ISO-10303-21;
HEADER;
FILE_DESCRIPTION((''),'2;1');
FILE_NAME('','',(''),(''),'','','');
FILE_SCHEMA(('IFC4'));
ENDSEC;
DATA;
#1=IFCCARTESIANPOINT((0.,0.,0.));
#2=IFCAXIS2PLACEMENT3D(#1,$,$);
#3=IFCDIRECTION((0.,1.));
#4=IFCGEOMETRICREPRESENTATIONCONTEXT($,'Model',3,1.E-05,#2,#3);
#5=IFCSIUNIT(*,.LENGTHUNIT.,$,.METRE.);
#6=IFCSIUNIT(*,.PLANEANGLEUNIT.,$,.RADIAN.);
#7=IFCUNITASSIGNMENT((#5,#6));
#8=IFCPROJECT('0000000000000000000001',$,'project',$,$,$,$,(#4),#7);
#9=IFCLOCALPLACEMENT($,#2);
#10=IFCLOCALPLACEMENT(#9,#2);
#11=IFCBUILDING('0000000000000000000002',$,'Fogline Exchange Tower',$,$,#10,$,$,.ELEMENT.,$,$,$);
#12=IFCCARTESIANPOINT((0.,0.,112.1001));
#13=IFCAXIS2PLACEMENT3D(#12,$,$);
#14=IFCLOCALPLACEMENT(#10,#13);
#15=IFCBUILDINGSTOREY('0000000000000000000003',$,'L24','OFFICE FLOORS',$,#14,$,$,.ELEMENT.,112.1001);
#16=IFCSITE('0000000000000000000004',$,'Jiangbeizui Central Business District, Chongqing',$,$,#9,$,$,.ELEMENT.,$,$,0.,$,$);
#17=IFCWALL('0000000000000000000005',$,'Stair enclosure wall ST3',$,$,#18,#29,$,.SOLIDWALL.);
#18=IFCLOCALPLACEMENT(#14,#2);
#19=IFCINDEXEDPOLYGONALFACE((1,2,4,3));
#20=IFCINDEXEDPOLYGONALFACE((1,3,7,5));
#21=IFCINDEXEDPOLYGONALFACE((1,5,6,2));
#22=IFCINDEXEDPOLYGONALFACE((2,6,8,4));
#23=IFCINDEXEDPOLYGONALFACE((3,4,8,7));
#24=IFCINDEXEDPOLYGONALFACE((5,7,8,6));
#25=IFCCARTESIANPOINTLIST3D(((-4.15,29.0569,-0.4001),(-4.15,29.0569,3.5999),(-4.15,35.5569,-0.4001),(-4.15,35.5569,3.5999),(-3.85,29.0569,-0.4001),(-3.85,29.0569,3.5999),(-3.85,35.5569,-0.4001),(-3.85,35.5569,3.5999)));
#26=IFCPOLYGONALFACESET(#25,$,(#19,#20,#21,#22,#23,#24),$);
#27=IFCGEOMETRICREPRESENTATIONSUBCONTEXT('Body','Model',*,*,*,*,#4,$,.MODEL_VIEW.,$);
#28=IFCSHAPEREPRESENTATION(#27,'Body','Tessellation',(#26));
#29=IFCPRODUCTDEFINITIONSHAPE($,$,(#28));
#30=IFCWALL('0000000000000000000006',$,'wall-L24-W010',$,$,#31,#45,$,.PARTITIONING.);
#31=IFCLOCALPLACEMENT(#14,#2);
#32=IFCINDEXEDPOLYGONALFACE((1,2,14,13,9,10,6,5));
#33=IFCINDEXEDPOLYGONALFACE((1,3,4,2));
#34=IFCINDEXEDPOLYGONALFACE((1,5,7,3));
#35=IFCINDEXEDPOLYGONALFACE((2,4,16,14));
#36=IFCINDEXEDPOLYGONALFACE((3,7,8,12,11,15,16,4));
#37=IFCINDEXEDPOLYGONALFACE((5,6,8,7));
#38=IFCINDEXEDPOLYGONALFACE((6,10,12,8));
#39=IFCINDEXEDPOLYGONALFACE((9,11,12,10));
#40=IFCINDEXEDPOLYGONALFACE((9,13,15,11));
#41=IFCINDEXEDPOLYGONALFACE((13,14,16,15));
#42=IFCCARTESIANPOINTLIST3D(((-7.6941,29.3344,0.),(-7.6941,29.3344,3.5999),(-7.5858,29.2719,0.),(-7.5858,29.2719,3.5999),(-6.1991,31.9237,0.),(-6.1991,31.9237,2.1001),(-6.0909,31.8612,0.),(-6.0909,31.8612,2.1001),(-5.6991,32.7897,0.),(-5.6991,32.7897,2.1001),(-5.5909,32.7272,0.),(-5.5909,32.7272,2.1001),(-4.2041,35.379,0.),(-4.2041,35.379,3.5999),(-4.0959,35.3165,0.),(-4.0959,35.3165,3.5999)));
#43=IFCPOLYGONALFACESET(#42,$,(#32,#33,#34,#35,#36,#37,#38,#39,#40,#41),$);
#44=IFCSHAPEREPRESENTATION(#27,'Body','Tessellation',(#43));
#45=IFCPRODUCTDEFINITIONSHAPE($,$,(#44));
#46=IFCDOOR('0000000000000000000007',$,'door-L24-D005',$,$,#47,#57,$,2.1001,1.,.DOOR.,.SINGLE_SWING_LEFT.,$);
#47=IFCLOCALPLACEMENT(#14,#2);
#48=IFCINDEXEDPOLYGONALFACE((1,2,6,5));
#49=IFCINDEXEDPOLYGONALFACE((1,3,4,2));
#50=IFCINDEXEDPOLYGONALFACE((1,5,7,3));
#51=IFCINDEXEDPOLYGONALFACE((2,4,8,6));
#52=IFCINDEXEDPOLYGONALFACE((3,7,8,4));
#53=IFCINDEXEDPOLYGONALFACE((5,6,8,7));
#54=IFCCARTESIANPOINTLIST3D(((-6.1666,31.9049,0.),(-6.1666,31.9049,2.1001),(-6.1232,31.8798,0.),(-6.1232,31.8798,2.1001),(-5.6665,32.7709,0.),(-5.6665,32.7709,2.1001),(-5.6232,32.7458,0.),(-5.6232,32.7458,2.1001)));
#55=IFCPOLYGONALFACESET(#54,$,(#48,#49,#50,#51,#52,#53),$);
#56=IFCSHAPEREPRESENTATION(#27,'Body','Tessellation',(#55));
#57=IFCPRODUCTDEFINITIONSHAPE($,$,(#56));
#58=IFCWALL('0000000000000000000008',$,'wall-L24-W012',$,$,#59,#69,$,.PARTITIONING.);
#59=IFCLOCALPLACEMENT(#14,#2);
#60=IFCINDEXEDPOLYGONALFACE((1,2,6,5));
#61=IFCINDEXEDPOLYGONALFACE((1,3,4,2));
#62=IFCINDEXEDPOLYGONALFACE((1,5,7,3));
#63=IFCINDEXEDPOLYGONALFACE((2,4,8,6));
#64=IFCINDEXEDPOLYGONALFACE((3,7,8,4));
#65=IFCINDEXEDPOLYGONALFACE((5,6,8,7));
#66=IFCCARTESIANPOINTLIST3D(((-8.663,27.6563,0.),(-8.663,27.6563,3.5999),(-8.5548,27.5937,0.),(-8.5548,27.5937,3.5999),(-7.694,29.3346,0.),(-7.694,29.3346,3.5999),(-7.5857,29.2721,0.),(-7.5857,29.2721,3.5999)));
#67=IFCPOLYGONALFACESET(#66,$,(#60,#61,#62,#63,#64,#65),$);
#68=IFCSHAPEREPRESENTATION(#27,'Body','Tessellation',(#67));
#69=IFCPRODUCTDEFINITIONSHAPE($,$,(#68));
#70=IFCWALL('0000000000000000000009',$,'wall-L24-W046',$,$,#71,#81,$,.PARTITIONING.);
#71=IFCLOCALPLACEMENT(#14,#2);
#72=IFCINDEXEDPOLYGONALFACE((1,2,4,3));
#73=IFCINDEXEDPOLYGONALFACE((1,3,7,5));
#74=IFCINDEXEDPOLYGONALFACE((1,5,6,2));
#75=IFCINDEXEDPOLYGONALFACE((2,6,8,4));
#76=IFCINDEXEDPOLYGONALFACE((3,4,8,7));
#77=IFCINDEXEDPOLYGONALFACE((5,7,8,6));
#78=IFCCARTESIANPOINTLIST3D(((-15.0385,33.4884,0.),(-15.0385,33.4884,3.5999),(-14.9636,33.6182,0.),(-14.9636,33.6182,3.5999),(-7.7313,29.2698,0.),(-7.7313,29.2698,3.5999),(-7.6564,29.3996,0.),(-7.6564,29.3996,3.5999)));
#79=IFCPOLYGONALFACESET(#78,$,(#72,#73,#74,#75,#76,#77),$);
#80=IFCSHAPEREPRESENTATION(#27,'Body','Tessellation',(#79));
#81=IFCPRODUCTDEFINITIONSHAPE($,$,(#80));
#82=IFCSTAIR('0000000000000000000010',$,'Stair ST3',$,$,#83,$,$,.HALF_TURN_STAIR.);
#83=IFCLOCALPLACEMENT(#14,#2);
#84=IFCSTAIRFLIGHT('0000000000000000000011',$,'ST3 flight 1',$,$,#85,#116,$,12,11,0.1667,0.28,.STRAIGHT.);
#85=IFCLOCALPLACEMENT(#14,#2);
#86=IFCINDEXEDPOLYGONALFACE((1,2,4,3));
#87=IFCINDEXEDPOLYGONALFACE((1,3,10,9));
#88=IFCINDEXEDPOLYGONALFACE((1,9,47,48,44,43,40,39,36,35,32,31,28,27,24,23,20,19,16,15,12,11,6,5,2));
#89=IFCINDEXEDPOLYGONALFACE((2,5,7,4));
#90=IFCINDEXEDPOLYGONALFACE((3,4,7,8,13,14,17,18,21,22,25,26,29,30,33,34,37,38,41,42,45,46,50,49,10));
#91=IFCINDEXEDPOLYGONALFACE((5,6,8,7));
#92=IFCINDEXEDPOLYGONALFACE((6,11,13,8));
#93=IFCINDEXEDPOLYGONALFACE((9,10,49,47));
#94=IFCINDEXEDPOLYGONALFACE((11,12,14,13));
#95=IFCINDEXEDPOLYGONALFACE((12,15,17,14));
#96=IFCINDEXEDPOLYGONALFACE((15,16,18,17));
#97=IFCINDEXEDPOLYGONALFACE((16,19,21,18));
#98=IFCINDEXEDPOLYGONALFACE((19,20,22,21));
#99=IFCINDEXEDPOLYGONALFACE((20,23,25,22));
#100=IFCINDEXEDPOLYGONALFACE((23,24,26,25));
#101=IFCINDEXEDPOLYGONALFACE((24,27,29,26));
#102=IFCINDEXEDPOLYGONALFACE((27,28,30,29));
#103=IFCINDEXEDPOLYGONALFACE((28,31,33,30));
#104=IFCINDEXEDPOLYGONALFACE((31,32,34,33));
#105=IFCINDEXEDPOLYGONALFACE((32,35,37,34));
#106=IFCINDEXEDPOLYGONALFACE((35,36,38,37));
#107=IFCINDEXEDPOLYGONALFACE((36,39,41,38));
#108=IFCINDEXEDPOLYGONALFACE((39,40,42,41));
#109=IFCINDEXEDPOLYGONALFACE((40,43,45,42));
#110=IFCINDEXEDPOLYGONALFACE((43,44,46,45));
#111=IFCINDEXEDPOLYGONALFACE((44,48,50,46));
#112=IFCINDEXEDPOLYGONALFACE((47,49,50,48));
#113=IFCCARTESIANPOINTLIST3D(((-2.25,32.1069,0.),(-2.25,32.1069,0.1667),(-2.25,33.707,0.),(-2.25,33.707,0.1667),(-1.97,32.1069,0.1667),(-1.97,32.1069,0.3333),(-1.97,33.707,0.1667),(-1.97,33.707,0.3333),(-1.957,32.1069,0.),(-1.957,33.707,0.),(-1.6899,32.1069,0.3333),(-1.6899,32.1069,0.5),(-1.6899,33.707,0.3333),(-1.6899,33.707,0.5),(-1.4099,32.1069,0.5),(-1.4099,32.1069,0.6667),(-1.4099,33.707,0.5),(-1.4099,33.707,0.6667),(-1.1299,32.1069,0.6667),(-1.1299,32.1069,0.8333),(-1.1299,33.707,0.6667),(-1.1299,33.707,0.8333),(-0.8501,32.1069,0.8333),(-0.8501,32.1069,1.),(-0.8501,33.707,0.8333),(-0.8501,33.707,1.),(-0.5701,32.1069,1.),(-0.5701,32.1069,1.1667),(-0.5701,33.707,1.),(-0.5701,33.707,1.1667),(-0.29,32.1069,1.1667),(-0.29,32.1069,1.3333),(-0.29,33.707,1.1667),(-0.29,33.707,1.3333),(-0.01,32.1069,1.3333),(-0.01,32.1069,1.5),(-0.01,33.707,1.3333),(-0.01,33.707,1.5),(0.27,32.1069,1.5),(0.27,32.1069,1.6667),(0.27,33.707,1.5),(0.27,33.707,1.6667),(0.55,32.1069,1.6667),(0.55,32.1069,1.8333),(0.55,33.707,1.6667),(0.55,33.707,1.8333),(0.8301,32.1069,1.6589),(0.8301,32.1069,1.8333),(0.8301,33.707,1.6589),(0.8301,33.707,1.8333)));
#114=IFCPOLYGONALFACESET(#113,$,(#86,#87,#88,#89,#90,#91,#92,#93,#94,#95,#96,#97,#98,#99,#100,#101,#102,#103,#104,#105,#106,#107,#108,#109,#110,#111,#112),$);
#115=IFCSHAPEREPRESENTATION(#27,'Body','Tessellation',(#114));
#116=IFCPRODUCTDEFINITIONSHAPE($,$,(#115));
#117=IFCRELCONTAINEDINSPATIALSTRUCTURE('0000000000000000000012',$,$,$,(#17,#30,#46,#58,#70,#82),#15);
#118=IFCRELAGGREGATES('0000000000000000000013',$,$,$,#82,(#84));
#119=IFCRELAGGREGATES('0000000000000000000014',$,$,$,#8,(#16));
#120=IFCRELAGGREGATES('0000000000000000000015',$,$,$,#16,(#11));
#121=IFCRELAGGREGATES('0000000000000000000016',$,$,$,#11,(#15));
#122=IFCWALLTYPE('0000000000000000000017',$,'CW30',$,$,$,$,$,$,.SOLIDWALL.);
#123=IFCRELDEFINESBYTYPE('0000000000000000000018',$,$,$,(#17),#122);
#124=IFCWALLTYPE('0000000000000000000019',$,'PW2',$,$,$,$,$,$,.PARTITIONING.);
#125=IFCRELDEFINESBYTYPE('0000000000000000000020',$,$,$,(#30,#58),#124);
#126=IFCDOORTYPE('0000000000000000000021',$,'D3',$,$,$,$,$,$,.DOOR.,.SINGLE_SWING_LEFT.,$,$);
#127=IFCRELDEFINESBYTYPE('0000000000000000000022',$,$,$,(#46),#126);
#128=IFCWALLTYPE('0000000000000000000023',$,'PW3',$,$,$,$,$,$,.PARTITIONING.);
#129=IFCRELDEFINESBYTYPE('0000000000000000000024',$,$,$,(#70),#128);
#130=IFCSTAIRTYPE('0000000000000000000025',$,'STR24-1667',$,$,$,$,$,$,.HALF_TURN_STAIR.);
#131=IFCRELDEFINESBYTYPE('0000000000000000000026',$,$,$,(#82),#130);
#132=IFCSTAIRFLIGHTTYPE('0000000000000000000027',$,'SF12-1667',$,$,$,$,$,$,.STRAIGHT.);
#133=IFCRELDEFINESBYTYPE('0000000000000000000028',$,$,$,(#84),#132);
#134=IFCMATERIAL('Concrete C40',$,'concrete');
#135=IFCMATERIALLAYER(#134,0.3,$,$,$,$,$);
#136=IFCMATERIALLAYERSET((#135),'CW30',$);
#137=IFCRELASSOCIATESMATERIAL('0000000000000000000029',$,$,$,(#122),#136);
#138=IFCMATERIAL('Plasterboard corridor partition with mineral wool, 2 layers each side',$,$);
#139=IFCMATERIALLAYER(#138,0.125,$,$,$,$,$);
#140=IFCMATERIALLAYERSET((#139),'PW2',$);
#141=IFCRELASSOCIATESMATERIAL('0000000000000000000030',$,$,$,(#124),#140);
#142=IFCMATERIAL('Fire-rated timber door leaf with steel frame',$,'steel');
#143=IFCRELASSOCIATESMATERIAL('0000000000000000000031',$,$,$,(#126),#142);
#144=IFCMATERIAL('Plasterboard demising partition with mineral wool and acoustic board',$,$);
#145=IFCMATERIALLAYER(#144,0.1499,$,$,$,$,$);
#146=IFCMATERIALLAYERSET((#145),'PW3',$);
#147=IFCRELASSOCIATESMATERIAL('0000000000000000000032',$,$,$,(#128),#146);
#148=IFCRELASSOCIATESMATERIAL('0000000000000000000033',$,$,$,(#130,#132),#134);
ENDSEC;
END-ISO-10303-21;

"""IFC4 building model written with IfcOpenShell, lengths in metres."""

from ifc_helpers import new_model, si_unit, direction, frame, frame_2d, origin, place, context, subcontext, project, spatial, polyline, rectangle, outline, extrude, material, layer, layer_set, type_object, element, fill, aggregate, save


model = new_model("IFC4")

# Units and contexts
model_context = context("Model", 3, precision=1e-05, world=origin(), true_north=direction((0.0, 1.0)))
body_context = subcontext(model_context, "Body", "Model", "MODEL_VIEW")
ifc_project = project(units=[si_unit("LENGTHUNIT", "METRE"), si_unit("PLANEANGLEUNIT", "RADIAN")], contexts=[model_context])

# Site, building, storey
site_placement = place(None, origin())
site = spatial("IfcSite", under=ifc_project, at=site_placement, Name="Jiangbeizui Central Business District, Chongqing", CompositionType="ELEMENT", RefElevation=0.0)
building_placement = place(site_placement, origin())
building = spatial("IfcBuilding", under=site, at=building_placement, Name="Fogline Exchange Tower", CompositionType="ELEMENT")
storey_placement = place(building_placement, frame((0.0, 0.0, 112.1001)))
storey = spatial("IfcBuildingStorey", under=building, at=storey_placement, Name="L24", Description="OFFICE FLOORS", CompositionType="ELEMENT", Elevation=112.1001)

# Shared definitions
ifc_material_1 = material(Name="Concrete C40", Category="concrete")

# Shared definitions
ifc_layer_1 = layer(ifc_material_1, 0.3)
ifc_layer_set_1 = layer_set([ifc_layer_1], Name="CW30")
wall_type_1 = type_object("IfcWallType", Name="CW30", PredefinedType="SOLIDWALL", material=ifc_layer_set_1)

# Wall
wall_1_placement = place(storey_placement, frame((-4.0, 29.0569, -0.4001), z_axis=(0.0, 0.0, 1.0), x_axis=(0.0, 1.0, 0.0)))
element("IfcWall", 1, at=wall_1_placement, inside=storey, type_object=wall_type_1, Name="Stair enclosure wall ST3", PredefinedType="SOLIDWALL", context=body_context, shape_type="SweptSolid", body=[
    extrude(rectangle(XDim=6.5, YDim=0.3, at=frame_2d((3.25, 0.0))), origin(), (0.0, 0.0, 1.0), 4.0),
])

# Wall, opening, door
ifc_material_2 = material(Name="Plasterboard corridor partition with mineral wool, 2 layers each side")
ifc_layer_2 = layer(ifc_material_2, 0.125)
ifc_layer_set_2 = layer_set([ifc_layer_2], Name="PW2")
wall_type_2 = type_object("IfcWallType", Name="PW2", PredefinedType="PARTITIONING", material=ifc_layer_set_2)
wall_2_placement = place(storey_placement, frame((-7.6399, 29.3032, 0.0), z_axis=(0.0, 0.0, 1.0), x_axis=(0.50001, 0.86602, 0.0)))
wall_2 = element("IfcWall", 2, at=wall_2_placement, inside=storey, type_object=wall_type_2, Name="wall-L24-W010", PredefinedType="PARTITIONING", context=body_context, shape_type="SweptSolid", body=[
    extrude(rectangle(XDim=6.9797, YDim=0.125, at=frame_2d((3.4897, 0.0))), origin(), (0.0, 0.0, 1.0), 3.5999),
])
opening_1_placement = place(wall_2_placement, frame((2.9897, 0.0, 0.0)))
opening_1 = element("IfcOpeningElement", 3, at=opening_1_placement, cuts=wall_2, PredefinedType="OPENING", context=body_context, shape_type="SweptSolid", body=[
    extrude(rectangle(XDim=1.0, YDim=2.1001, at=frame_2d((0.5, 1.05))), frame((0.0, 0.0725, 0.0), z_axis=(0.0, -1.0, 0.0), x_axis=(1.0, 0.0, 0.0)), (0.0, 0.0, 1.0), 0.145),
])
ifc_material_3 = material(Name="Fire-rated timber door leaf with steel frame", Category="steel")
door_type_1 = type_object("IfcDoorType", Name="D3", OperationType="SINGLE_SWING_LEFT", PredefinedType="DOOR", material=ifc_material_3)
door_1_placement = place(opening_1_placement, origin())
door_1 = element("IfcDoor", 4, at=door_1_placement, inside=storey, type_object=door_type_1, Name="door-L24-D005", OperationType="SINGLE_SWING_LEFT", OverallHeight=2.1001, OverallWidth=1.0, PredefinedType="DOOR", context=body_context, shape_type="SweptSolid", body=[
    extrude(rectangle(XDim=1.0, YDim=2.1001, at=frame_2d((0.5, 1.05))), frame((0.0, 0.0249, 0.0), z_axis=(0.0, -1.0, 0.0), x_axis=(1.0, 0.0, 0.0)), (0.0, 0.0, 1.0), 0.05),
])
fill(opening_1, door_1)

# Walls
wall_3_placement = place(storey_placement, frame((-8.6089, 27.625, 0.0), z_axis=(0.0, 0.0, 1.0), x_axis=(0.500028, 0.866009, 0.0)))
element("IfcWall", 5, at=wall_3_placement, inside=storey, type_object=wall_type_2, Name="wall-L24-W012", PredefinedType="PARTITIONING", context=body_context, shape_type="SweptSolid", body=[
    extrude(rectangle(XDim=1.938, YDim=0.125, at=frame_2d((0.969, 0.0))), origin(), (0.0, 0.0, 1.0), 3.5999),
])
ifc_material_4 = material(Name="Plasterboard demising partition with mineral wool and acoustic board")
ifc_layer_3 = layer(ifc_material_4, 0.1499)
ifc_layer_set_3 = layer_set([ifc_layer_3], Name="PW3")
wall_type_3 = type_object("IfcWallType", Name="PW3", PredefinedType="PARTITIONING", material=ifc_layer_set_3)
wall_4_placement = place(storey_placement, frame((-7.6938, 29.3347, 0.0), z_axis=(0.0, 0.0, 1.0), x_axis=(-0.866039, 0.499976, 0.0)))
element("IfcWall", 6, at=wall_4_placement, inside=storey, type_object=wall_type_3, Name="wall-L24-W046", PredefinedType="PARTITIONING", context=body_context, shape_type="SweptSolid", body=[
    extrude(rectangle(XDim=8.4375, YDim=0.1499, at=frame_2d((4.2188, 0.0))), origin(), (0.0, 0.0, 1.0), 3.5999),
])

# Stair, stair flight
stair_type = type_object("IfcStairType", Name="STR24-1667", PredefinedType="HALF_TURN_STAIR", material=ifc_material_1)
stair_placement = place(storey_placement, origin())
stair = element("IfcStair", 7, at=stair_placement, inside=storey, type_object=stair_type, Name="Stair ST3", PredefinedType="HALF_TURN_STAIR")
stair_flight_type = type_object("IfcStairFlightType", Name="SF12-1667", PredefinedType="STRAIGHT", material=ifc_material_1)
stair_flight_placement = place(storey_placement, frame((-2.25, 32.907, 0.0), z_axis=(0.0, 0.0, 1.0), x_axis=(1.0, 0.0, 0.0)))
stair_flight = element("IfcStairFlight", 8, at=stair_flight_placement, type_object=stair_flight_type, Name="ST3 flight 1", NumberOfRisers=12, NumberOfTreads=11, PredefinedType="STRAIGHT", RiserHeight=0.1667, TreadLength=0.28, context=body_context, shape_type="SweptSolid", body=[
    extrude(outline(polyline([(0.0, 0.0), (0.0, 0.1667), (0.28, 0.1667), (0.28, 0.3333), (0.5601, 0.3333), (0.5601, 0.5), (0.8401, 0.5), (0.8401, 0.6667), (1.1201, 0.6667), (1.1201, 0.8333), (1.3999, 0.8333), (1.3999, 1.0), (1.6799, 1.0), (1.6799, 1.1667), (1.96, 1.1667), (1.96, 1.3333), (2.24, 1.3333), (2.24, 1.5), (2.52, 1.5), (2.52, 1.6667), (2.8, 1.6667), (2.8, 1.8333), (3.0801, 1.8333), (3.0801, 2.0), (3.0801, 1.6589), (0.293, 0.0), (0.0, 0.0)])), frame((0.0, 0.8, 0.0), z_axis=(0.0, -1.0, 0.0), x_axis=(1.0, 0.0, 0.0)), (0.0, 0.0, 1.0), 1.6001),
])
aggregate(stair, [stair_flight])

save(model, "model.ifc")
